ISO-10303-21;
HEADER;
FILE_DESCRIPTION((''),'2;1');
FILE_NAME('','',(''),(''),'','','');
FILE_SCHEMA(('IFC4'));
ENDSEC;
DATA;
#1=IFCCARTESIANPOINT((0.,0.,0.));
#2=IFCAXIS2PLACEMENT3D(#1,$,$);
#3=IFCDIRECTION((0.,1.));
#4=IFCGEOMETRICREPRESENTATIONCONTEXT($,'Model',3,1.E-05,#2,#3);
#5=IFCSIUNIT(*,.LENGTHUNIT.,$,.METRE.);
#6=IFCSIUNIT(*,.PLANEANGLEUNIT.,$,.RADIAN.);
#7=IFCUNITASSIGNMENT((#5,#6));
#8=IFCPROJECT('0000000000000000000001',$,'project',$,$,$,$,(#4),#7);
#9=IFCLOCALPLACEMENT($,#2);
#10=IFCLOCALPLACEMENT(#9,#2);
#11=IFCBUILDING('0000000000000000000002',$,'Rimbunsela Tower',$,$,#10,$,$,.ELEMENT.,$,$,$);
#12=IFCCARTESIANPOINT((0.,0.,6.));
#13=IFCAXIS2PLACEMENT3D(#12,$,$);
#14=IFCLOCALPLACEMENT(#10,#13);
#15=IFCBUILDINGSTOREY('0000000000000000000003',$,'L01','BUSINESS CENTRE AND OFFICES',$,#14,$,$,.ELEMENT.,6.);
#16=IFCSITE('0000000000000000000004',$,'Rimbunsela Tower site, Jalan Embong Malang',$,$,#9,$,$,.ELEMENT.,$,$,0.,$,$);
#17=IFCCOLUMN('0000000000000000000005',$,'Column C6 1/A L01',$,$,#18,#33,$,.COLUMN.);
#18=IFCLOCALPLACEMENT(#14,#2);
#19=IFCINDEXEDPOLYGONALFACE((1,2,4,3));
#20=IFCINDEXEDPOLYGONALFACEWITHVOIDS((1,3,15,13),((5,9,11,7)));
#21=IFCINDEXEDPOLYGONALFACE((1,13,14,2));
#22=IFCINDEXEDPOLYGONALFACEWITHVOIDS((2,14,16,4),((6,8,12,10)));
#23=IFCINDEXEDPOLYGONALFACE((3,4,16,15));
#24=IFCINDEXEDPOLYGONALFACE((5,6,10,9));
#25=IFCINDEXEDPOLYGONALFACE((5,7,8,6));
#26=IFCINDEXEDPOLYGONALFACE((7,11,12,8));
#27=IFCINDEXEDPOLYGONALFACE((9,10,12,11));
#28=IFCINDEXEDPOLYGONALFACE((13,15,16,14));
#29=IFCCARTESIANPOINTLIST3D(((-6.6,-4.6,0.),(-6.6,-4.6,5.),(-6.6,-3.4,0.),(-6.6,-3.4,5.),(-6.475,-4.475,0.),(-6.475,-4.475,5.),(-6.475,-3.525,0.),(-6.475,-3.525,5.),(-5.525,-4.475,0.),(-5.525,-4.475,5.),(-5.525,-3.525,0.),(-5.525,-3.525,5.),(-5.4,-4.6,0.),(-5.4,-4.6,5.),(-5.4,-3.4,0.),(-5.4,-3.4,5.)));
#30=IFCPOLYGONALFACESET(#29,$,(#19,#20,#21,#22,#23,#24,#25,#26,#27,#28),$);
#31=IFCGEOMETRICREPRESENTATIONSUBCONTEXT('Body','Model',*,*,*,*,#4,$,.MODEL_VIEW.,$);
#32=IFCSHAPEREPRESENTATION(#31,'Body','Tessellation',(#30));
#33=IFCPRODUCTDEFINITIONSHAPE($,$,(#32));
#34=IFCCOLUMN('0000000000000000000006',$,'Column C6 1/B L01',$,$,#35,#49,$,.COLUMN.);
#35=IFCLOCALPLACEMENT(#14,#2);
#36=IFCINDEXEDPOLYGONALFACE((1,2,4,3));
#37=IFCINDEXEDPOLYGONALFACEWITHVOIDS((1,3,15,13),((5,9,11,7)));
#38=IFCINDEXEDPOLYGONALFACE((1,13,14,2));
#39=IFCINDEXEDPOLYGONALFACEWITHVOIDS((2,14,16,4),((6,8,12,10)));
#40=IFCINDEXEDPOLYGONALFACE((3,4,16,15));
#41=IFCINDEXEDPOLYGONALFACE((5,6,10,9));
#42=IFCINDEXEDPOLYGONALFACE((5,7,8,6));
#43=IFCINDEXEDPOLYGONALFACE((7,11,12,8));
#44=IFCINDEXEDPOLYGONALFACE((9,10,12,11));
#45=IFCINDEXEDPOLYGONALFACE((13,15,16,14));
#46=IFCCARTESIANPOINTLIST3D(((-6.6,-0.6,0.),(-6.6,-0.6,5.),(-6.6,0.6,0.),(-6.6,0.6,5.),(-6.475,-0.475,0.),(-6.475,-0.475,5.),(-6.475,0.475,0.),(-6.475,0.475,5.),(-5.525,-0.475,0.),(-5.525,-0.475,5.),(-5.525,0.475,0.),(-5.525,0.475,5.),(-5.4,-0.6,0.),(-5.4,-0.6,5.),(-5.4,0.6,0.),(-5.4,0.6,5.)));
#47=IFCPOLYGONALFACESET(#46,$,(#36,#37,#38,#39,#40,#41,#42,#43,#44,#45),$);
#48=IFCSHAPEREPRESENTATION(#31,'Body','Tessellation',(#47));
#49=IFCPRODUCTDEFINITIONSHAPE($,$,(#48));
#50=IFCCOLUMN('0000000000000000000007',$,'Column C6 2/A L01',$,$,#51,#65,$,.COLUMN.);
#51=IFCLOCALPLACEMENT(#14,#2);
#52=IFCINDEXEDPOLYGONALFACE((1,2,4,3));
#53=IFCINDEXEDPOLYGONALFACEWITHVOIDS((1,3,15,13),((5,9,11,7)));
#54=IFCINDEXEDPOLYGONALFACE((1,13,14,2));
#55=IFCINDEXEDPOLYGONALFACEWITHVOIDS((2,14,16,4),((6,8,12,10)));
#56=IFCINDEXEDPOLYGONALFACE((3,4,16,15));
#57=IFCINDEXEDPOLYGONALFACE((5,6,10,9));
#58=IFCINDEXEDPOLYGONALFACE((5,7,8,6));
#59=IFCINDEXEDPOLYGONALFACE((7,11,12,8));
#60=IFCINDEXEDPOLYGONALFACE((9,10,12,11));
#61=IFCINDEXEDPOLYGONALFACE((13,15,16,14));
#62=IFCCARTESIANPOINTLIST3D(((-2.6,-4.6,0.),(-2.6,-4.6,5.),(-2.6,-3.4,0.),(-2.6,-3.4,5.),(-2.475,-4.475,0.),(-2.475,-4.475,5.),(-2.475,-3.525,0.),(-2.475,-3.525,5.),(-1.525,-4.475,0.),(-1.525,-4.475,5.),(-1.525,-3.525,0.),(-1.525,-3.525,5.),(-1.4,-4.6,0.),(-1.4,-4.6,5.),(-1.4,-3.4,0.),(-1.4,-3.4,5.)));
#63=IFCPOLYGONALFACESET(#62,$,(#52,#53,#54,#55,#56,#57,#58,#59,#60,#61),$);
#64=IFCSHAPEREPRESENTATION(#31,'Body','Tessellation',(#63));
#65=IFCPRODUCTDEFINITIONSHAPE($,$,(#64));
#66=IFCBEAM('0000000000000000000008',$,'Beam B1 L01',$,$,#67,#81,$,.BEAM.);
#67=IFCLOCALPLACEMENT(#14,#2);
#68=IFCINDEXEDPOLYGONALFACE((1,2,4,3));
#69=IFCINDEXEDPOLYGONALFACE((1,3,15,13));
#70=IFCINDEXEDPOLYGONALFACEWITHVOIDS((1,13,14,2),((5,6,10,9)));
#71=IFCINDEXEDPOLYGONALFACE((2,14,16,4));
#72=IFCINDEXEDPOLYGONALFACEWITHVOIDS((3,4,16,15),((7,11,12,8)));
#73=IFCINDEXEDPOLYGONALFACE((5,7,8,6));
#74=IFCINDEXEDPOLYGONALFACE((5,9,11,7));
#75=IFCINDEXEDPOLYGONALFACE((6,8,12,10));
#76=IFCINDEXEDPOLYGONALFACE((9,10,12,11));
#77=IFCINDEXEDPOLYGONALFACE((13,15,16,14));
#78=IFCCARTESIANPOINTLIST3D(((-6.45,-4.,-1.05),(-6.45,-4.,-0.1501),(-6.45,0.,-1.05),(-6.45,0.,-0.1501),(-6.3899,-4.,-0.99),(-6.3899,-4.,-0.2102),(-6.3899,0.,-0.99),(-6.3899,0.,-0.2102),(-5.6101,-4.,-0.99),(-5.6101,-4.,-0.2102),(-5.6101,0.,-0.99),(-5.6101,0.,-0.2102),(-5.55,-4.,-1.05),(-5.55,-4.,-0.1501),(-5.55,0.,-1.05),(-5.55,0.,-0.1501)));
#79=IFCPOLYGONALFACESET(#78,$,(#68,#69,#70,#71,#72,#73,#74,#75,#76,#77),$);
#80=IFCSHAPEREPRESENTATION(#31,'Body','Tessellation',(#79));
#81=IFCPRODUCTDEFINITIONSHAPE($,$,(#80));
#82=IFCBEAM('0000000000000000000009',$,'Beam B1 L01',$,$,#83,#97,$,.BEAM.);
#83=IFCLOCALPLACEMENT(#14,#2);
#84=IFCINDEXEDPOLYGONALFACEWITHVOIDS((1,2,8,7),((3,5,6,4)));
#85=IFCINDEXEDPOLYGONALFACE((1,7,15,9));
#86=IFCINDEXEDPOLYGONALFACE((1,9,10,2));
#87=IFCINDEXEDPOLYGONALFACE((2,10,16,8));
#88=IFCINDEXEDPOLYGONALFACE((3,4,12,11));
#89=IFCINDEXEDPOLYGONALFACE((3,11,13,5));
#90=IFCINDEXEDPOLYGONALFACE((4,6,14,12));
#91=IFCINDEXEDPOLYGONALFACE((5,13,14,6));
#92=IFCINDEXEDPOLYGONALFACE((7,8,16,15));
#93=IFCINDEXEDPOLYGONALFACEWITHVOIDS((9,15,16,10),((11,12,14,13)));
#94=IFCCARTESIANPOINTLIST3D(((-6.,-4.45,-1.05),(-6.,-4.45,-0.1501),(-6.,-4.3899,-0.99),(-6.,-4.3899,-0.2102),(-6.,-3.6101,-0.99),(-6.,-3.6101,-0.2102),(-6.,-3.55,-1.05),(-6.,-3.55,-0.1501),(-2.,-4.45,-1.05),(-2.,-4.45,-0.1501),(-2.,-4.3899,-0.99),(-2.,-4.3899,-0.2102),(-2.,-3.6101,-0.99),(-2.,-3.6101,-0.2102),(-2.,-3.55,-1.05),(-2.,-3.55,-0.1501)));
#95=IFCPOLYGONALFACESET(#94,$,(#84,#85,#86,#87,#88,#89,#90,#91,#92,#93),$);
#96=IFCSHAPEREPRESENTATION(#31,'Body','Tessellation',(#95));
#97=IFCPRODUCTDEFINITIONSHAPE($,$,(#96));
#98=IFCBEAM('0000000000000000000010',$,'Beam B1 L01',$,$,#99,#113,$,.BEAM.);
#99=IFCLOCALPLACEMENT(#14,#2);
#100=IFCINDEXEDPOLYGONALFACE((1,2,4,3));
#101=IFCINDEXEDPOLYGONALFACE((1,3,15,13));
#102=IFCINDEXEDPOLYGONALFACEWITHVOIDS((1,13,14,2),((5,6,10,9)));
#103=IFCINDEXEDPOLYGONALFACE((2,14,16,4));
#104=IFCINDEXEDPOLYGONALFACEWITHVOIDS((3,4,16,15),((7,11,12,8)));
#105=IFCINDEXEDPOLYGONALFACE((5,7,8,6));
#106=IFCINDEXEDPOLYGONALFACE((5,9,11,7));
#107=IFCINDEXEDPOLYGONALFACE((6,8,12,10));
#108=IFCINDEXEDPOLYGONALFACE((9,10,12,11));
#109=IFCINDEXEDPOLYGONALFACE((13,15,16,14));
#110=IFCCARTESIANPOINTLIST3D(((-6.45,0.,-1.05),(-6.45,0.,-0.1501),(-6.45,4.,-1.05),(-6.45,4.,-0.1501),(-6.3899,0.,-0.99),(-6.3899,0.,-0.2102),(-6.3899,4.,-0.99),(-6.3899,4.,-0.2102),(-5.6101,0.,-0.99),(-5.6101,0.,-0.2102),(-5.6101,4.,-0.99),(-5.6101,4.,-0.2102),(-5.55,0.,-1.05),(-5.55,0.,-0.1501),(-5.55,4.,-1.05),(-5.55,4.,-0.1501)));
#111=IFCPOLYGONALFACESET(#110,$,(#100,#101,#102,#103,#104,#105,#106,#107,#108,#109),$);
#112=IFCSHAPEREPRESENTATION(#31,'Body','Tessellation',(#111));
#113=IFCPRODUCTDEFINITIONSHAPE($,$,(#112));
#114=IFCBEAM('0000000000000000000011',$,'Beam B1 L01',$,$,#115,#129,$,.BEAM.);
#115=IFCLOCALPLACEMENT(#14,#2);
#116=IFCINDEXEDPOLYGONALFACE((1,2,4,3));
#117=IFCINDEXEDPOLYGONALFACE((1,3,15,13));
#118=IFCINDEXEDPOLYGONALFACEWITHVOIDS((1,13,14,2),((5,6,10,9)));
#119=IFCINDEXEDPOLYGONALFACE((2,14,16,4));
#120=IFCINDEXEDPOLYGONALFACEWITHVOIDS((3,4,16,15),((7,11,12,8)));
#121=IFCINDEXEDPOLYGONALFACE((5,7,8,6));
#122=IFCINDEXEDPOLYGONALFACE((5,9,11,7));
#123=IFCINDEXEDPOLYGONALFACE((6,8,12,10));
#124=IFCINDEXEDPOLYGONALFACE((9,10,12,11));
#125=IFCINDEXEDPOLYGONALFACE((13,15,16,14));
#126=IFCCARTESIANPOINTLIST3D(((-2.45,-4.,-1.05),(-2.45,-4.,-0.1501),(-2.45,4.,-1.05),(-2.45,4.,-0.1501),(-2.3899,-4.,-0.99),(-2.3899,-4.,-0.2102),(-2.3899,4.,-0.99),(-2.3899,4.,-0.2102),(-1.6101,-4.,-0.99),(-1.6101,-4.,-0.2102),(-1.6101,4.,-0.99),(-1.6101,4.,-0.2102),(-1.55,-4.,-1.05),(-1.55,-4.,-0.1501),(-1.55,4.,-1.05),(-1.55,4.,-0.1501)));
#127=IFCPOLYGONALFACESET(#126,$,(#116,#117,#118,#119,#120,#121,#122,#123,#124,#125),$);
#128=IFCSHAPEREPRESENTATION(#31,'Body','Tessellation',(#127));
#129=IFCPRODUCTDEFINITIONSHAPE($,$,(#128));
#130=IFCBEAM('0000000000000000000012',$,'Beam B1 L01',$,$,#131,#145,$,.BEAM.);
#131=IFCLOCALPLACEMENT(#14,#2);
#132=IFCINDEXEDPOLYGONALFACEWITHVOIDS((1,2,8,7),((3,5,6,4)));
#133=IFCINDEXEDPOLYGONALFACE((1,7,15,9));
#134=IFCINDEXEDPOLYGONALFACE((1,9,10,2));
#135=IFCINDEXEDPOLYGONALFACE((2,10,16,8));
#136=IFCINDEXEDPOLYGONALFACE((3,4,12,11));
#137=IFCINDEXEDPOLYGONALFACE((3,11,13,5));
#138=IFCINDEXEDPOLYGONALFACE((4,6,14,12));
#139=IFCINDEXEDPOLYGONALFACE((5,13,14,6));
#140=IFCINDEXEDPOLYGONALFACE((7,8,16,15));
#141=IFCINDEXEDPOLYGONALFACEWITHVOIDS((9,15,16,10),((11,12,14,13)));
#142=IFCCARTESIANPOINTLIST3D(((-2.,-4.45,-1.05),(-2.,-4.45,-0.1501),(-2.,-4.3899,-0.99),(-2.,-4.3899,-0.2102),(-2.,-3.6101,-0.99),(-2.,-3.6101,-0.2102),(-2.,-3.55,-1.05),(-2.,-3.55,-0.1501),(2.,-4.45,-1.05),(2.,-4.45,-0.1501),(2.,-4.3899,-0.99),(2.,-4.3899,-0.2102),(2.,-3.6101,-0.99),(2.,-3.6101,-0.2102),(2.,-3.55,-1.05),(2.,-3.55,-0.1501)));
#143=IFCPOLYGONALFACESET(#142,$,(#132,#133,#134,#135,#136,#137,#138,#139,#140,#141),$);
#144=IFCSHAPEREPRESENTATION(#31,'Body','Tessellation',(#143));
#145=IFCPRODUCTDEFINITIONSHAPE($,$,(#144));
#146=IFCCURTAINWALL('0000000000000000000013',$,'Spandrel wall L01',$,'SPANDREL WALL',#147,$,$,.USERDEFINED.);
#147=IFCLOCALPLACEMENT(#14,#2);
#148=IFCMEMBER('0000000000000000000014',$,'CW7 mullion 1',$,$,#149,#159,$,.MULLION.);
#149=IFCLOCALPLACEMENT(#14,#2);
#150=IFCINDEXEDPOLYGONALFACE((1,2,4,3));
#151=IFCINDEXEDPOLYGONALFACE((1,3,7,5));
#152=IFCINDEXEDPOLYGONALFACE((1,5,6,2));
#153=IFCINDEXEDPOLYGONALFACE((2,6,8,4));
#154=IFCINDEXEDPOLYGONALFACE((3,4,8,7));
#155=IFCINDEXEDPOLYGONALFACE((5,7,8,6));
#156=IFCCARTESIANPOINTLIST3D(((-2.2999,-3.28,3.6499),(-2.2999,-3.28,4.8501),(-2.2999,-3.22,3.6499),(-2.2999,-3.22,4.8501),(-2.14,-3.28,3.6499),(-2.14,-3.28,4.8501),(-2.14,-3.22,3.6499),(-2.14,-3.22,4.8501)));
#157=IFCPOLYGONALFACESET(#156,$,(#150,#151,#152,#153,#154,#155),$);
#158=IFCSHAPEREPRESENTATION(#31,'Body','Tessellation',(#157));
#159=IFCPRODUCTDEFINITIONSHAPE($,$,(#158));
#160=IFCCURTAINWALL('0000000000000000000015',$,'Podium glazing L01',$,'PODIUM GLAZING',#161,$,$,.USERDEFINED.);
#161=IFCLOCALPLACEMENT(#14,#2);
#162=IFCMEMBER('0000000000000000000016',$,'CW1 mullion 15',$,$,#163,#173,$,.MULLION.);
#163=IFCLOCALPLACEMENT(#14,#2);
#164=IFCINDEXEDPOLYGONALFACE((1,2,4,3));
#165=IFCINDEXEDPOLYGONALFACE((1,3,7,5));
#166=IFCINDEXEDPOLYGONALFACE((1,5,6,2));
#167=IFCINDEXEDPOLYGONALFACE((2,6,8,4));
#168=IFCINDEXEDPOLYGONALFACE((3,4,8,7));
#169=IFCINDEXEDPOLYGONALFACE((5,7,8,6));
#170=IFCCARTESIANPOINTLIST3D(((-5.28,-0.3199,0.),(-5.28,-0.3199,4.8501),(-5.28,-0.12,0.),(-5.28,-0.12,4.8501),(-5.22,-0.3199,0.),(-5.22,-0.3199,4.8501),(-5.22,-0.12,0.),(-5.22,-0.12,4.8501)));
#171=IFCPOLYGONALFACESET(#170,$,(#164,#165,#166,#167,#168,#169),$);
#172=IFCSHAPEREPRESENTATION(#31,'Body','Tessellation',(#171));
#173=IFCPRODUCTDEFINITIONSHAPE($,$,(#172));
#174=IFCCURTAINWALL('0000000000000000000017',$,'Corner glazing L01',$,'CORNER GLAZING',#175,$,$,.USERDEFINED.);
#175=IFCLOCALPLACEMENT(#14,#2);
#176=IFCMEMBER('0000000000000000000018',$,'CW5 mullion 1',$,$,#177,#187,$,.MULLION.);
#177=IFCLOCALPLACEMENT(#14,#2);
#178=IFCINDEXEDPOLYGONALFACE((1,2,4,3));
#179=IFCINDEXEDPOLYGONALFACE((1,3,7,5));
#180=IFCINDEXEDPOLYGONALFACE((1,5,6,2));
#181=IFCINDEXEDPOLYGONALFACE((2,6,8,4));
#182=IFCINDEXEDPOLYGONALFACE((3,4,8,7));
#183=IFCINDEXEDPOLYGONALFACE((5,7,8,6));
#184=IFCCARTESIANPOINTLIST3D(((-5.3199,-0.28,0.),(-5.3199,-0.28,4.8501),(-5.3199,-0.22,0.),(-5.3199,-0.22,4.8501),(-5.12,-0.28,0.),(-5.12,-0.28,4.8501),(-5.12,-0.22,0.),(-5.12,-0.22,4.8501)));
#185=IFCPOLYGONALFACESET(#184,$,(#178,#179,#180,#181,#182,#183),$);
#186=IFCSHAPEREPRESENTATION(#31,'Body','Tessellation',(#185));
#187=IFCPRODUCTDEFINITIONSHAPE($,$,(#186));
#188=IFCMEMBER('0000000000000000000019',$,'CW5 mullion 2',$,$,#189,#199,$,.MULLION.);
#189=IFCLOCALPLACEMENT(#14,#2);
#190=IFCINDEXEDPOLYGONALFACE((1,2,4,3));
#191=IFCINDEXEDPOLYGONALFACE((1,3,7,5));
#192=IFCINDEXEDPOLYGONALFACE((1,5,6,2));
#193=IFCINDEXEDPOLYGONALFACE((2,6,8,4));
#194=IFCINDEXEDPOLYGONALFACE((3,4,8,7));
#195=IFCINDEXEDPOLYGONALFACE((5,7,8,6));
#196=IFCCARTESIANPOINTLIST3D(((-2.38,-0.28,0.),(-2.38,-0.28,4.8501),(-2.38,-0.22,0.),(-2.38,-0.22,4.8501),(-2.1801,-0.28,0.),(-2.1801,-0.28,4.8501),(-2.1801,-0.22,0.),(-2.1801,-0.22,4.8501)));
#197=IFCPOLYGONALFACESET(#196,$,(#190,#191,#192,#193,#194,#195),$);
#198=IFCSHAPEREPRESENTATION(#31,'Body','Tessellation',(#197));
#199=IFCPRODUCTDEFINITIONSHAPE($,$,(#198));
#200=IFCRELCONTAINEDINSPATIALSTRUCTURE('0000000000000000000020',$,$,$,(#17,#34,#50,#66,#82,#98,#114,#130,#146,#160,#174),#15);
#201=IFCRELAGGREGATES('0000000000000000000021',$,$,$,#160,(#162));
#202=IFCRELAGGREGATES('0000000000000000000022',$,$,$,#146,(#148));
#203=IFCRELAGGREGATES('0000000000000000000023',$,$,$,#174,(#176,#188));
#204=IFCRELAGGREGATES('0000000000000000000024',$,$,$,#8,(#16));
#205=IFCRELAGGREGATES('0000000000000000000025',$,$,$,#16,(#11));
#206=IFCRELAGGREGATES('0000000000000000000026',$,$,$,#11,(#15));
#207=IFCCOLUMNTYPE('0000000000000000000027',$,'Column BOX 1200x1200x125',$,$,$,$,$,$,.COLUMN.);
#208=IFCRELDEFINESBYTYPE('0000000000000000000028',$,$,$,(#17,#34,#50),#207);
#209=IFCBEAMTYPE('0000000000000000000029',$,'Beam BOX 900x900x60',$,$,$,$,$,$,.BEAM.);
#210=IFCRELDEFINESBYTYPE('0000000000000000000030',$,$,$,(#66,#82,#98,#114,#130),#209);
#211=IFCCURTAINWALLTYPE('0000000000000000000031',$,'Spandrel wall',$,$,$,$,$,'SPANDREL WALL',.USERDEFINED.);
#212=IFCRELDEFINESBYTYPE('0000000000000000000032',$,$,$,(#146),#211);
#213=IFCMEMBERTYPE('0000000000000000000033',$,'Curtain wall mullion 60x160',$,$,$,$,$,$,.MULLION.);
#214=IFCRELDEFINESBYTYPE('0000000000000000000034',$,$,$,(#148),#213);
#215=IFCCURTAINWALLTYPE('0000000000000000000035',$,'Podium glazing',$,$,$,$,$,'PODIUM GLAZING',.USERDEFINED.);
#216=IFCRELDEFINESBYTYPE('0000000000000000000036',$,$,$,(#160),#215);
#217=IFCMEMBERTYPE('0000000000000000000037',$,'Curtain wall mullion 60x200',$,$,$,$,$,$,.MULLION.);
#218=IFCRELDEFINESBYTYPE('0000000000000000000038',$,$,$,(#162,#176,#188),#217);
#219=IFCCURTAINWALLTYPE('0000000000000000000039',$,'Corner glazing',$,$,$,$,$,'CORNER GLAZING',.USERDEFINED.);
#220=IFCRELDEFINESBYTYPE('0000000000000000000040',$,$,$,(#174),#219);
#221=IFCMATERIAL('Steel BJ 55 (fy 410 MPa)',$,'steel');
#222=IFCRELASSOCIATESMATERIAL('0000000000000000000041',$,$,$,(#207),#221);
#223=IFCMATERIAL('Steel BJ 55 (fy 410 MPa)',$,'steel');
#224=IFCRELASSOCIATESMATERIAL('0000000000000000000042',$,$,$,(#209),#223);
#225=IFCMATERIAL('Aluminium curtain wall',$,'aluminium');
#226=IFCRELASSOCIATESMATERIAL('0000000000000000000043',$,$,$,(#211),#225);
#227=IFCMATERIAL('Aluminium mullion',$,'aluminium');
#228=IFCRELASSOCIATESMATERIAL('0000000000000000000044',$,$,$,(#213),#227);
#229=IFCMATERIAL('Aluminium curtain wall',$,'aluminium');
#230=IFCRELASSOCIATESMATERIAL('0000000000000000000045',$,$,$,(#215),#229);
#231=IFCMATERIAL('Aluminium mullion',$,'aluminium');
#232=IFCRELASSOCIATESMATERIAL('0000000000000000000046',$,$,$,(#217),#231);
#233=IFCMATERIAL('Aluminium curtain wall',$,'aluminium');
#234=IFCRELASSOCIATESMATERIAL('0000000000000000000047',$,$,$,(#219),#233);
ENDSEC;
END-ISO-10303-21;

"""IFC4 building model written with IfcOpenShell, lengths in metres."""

from ifc_helpers import new_model, si_unit, direction, frame, origin, origin_2d, place, context, subcontext, project, spatial, rectangle, hollow_rectangle, extrude, material, material_profile, profile_set, type_object, element, aggregate, save


model = new_model("IFC4")

# Units and contexts
model_context = context("Model", 3, precision=1e-05, world=origin(), true_north=direction((0.0, 1.0)))
body_context = subcontext(model_context, "Body", "Model", "MODEL_VIEW")
ifc_project = project(units=[si_unit("LENGTHUNIT", "METRE"), si_unit("PLANEANGLEUNIT", "RADIAN")], contexts=[model_context])

# Site, building, storey
site_placement = place(None, origin())
site = spatial("IfcSite", under=ifc_project, at=site_placement, Name="Rimbunsela Tower site, Jalan Embong Malang", CompositionType="ELEMENT", RefElevation=0.0)
building_placement = place(site_placement, origin())
building = spatial("IfcBuilding", under=site, at=building_placement, Name="Rimbunsela Tower", CompositionType="ELEMENT")
storey_placement = place(building_placement, frame((0.0, 0.0, 6.0)))
storey = spatial("IfcBuildingStorey", under=building, at=storey_placement, Name="L01", Description="BUSINESS CENTRE AND OFFICES", CompositionType="ELEMENT", Elevation=6.0)

# Columns
ifc_material_1 = material(Name="Steel BJ 55 (fy 410 MPa)", Category="steel")
ifc_material_profile_1 = material_profile(ifc_material_1, hollow_rectangle(XDim=1.2, YDim=1.2, WallThickness=0.125, at=origin_2d()), Name="BOX 1200x1200x125")
ifc_profile_set_1 = profile_set([ifc_material_profile_1], Name="Steel BJ 55 (fy 410 MPa)")
column_type = type_object("IfcColumnType", Name="Column BOX 1200x1200x125", PredefinedType="COLUMN", material=ifc_profile_set_1)
for number, where, z_axis, x_axis, name in (
    (1, (-6.0, -4.0, 0.0), (0.0, 0.0, 1.0), (1.0, 0.0, 0.0), "Column C6 1/A L01"),
    (2, (-6.0, 0.0, 0.0), (0.0, 0.0, 1.0), (1.0, 0.0, 0.0), "Column C6 1/B L01"),
    (3, (-2.0, -4.0, 0.0), (0.0, 0.0, 1.0), (1.0, 0.0, 0.0), "Column C6 2/A L01"),
):
    element("IfcColumn", number, at=place(storey_placement, frame(where, z_axis=z_axis, x_axis=x_axis)), inside=storey, type_object=column_type, Name=name, PredefinedType="COLUMN", context=body_context, shape_type="SweptSolid", body=[
        extrude(hollow_rectangle(XDim=1.2, YDim=1.2, WallThickness=0.125, at=origin_2d()), origin(), (0.0, 0.0, 1.0), 5.0),
    ])

# Beams
ifc_material_2 = material(Name="Steel BJ 55 (fy 410 MPa)", Category="steel")
ifc_material_profile_2 = material_profile(ifc_material_2, hollow_rectangle(XDim=0.8999, YDim=0.8999, WallThickness=0.0601, at=origin_2d()), Name="BOX 900x900x60")
ifc_profile_set_2 = profile_set([ifc_material_profile_2], Name="Steel BJ 55 (fy 410 MPa)")
beam_type = type_object("IfcBeamType", Name="Beam BOX 900x900x60", PredefinedType="BEAM", material=ifc_profile_set_2)
for number, where, z_axis, x_axis, name in (
    (4, (-6.0, -4.0, -0.6001), (0.0, 1.0, 0.0), (-1.0, 0.0, 0.0), "Beam B1 L01"),
    (5, (-6.0, -4.0, -0.6001), (1.0, 0.0, 0.0), (0.0, 1.0, 0.0), "Beam B1 L01"),
    (6, (-6.0, 0.0, -0.6001), (0.0, 1.0, 0.0), (-1.0, 0.0, 0.0), "Beam B1 L01"),
):
    element("IfcBeam", number, at=place(storey_placement, frame(where, z_axis=z_axis, x_axis=x_axis)), inside=storey, type_object=beam_type, Name=name, PredefinedType="BEAM", context=body_context, shape_type="SweptSolid", body=[
        extrude(hollow_rectangle(XDim=0.8999, YDim=0.8999, WallThickness=0.0601, at=origin_2d()), origin(), (0.0, 0.0, 1.0), 4.0),
    ])
beam_1_placement = place(storey_placement, frame((-2.0, -4.0, -0.6001), z_axis=(0.0, 1.0, 0.0), x_axis=(-1.0, 0.0, 0.0)))
element("IfcBeam", 7, at=beam_1_placement, inside=storey, type_object=beam_type, Name="Beam B1 L01", PredefinedType="BEAM", context=body_context, shape_type="SweptSolid", body=[
    extrude(hollow_rectangle(XDim=0.8999, YDim=0.8999, WallThickness=0.0601, at=origin_2d()), origin(), (0.0, 0.0, 1.0), 8.0),
])
beam_2_placement = place(storey_placement, frame((-2.0, -4.0, -0.6001), z_axis=(1.0, 0.0, 0.0), x_axis=(0.0, 1.0, 0.0)))
element("IfcBeam", 8, at=beam_2_placement, inside=storey, type_object=beam_type, Name="Beam B1 L01", PredefinedType="BEAM", context=body_context, shape_type="SweptSolid", body=[
    extrude(hollow_rectangle(XDim=0.8999, YDim=0.8999, WallThickness=0.0601, at=origin_2d()), origin(), (0.0, 0.0, 1.0), 4.0),
])

# Curtain walls, members
ifc_material_3 = material(Name="Aluminium curtain wall", Category="aluminium")
curtain_wall_type_1 = type_object("IfcCurtainWallType", Name="Spandrel wall", ElementType="SPANDREL WALL", PredefinedType="USERDEFINED", material=ifc_material_3)
curtain_wall_1_placement = place(storey_placement, origin())
curtain_wall_1 = element("IfcCurtainWall", 9, at=curtain_wall_1_placement, inside=storey, type_object=curtain_wall_type_1, Name="Spandrel wall L01", ObjectType="SPANDREL WALL", PredefinedType="USERDEFINED")
ifc_material_4 = material(Name="Aluminium mullion", Category="aluminium")
ifc_material_profile_3 = material_profile(ifc_material_4, rectangle(XDim=0.0601, YDim=0.1599, at=origin_2d()), Name="Mullion 60x160")
ifc_profile_set_3 = profile_set([ifc_material_profile_3], Name="Aluminium mullion")
member_type_1 = type_object("IfcMemberType", Name="Curtain wall mullion 60x160", PredefinedType="MULLION", material=ifc_profile_set_3)
member_1_placement = place(storey_placement, frame((-2.22, -3.25, 3.6499), z_axis=(0.0, 0.0, 1.0), x_axis=(0.0, 1.0, 0.0)))
member_1 = element("IfcMember", 10, at=member_1_placement, type_object=member_type_1, Name="CW7 mullion 1", PredefinedType="MULLION", context=body_context, shape_type="SweptSolid", body=[
    extrude(rectangle(XDim=0.0601, YDim=0.1599, at=origin_2d()), origin(), (0.0, 0.0, 1.0), 1.2002),
])
ifc_material_5 = material(Name="Aluminium curtain wall", Category="aluminium")
curtain_wall_type_2 = type_object("IfcCurtainWallType", Name="Podium glazing", ElementType="PODIUM GLAZING", PredefinedType="USERDEFINED", material=ifc_material_5)
curtain_wall_2_placement = place(storey_placement, origin())
curtain_wall_2 = element("IfcCurtainWall", 11, at=curtain_wall_2_placement, inside=storey, type_object=curtain_wall_type_2, Name="Podium glazing L01", ObjectType="PODIUM GLAZING", PredefinedType="USERDEFINED")
ifc_material_6 = material(Name="Aluminium mullion", Category="aluminium")
ifc_material_profile_4 = material_profile(ifc_material_6, rectangle(XDim=0.0601, YDim=0.2, at=origin_2d()), Name="Mullion 60x200")
ifc_profile_set_4 = profile_set([ifc_material_profile_4], Name="Aluminium mullion")
member_type_2 = type_object("IfcMemberType", Name="Curtain wall mullion 60x200", PredefinedType="MULLION", material=ifc_profile_set_4)
member_2_placement = place(storey_placement, frame((-5.25, -0.22, 0.0), z_axis=(0.0, 0.0, 1.0), x_axis=(1.0, 0.0, 0.0)))
member_2 = element("IfcMember", 12, at=member_2_placement, type_object=member_type_2, Name="CW1 mullion 15", PredefinedType="MULLION", context=body_context, shape_type="SweptSolid", body=[
    extrude(rectangle(XDim=0.0601, YDim=0.2, at=origin_2d()), origin(), (0.0, 0.0, 1.0), 4.8501),
])
aggregate(curtain_wall_2, [member_2])

# Curtain wall, members
ifc_material_7 = material(Name="Aluminium curtain wall", Category="aluminium")
curtain_wall_type_3 = type_object("IfcCurtainWallType", Name="Corner glazing", ElementType="CORNER GLAZING", PredefinedType="USERDEFINED", material=ifc_material_7)
curtain_wall_3_placement = place(storey_placement, origin())
curtain_wall_3 = element("IfcCurtainWall", 13, at=curtain_wall_3_placement, inside=storey, type_object=curtain_wall_type_3, Name="Corner glazing L01", ObjectType="CORNER GLAZING", PredefinedType="USERDEFINED")
member_3_placement = place(storey_placement, frame((-5.22, -0.25, 0.0), z_axis=(0.0, 0.0, 1.0), x_axis=(0.0, 1.0, 0.0)))
member_3 = element("IfcMember", 14, at=member_3_placement, type_object=member_type_2, Name="CW5 mullion 1", PredefinedType="MULLION", context=body_context, shape_type="SweptSolid", body=[
    extrude(rectangle(XDim=0.0601, YDim=0.2, at=origin_2d()), origin(), (0.0, 0.0, 1.0), 4.8501),
])
member_4_placement = place(storey_placement, frame((-2.28, -0.25, 0.0), z_axis=(0.0, 0.0, 1.0), x_axis=(0.0, 1.0, 0.0)))
member_4 = element("IfcMember", 15, at=member_4_placement, type_object=member_type_2, Name="CW5 mullion 2", PredefinedType="MULLION", context=body_context, shape_type="SweptSolid", body=[
    extrude(rectangle(XDim=0.0601, YDim=0.2, at=origin_2d()), origin(), (0.0, 0.0, 1.0), 4.8501),
])

aggregate(curtain_wall_1, [member_1])

aggregate(curtain_wall_3, [member_3, member_4])

save(model, "model.ifc")
